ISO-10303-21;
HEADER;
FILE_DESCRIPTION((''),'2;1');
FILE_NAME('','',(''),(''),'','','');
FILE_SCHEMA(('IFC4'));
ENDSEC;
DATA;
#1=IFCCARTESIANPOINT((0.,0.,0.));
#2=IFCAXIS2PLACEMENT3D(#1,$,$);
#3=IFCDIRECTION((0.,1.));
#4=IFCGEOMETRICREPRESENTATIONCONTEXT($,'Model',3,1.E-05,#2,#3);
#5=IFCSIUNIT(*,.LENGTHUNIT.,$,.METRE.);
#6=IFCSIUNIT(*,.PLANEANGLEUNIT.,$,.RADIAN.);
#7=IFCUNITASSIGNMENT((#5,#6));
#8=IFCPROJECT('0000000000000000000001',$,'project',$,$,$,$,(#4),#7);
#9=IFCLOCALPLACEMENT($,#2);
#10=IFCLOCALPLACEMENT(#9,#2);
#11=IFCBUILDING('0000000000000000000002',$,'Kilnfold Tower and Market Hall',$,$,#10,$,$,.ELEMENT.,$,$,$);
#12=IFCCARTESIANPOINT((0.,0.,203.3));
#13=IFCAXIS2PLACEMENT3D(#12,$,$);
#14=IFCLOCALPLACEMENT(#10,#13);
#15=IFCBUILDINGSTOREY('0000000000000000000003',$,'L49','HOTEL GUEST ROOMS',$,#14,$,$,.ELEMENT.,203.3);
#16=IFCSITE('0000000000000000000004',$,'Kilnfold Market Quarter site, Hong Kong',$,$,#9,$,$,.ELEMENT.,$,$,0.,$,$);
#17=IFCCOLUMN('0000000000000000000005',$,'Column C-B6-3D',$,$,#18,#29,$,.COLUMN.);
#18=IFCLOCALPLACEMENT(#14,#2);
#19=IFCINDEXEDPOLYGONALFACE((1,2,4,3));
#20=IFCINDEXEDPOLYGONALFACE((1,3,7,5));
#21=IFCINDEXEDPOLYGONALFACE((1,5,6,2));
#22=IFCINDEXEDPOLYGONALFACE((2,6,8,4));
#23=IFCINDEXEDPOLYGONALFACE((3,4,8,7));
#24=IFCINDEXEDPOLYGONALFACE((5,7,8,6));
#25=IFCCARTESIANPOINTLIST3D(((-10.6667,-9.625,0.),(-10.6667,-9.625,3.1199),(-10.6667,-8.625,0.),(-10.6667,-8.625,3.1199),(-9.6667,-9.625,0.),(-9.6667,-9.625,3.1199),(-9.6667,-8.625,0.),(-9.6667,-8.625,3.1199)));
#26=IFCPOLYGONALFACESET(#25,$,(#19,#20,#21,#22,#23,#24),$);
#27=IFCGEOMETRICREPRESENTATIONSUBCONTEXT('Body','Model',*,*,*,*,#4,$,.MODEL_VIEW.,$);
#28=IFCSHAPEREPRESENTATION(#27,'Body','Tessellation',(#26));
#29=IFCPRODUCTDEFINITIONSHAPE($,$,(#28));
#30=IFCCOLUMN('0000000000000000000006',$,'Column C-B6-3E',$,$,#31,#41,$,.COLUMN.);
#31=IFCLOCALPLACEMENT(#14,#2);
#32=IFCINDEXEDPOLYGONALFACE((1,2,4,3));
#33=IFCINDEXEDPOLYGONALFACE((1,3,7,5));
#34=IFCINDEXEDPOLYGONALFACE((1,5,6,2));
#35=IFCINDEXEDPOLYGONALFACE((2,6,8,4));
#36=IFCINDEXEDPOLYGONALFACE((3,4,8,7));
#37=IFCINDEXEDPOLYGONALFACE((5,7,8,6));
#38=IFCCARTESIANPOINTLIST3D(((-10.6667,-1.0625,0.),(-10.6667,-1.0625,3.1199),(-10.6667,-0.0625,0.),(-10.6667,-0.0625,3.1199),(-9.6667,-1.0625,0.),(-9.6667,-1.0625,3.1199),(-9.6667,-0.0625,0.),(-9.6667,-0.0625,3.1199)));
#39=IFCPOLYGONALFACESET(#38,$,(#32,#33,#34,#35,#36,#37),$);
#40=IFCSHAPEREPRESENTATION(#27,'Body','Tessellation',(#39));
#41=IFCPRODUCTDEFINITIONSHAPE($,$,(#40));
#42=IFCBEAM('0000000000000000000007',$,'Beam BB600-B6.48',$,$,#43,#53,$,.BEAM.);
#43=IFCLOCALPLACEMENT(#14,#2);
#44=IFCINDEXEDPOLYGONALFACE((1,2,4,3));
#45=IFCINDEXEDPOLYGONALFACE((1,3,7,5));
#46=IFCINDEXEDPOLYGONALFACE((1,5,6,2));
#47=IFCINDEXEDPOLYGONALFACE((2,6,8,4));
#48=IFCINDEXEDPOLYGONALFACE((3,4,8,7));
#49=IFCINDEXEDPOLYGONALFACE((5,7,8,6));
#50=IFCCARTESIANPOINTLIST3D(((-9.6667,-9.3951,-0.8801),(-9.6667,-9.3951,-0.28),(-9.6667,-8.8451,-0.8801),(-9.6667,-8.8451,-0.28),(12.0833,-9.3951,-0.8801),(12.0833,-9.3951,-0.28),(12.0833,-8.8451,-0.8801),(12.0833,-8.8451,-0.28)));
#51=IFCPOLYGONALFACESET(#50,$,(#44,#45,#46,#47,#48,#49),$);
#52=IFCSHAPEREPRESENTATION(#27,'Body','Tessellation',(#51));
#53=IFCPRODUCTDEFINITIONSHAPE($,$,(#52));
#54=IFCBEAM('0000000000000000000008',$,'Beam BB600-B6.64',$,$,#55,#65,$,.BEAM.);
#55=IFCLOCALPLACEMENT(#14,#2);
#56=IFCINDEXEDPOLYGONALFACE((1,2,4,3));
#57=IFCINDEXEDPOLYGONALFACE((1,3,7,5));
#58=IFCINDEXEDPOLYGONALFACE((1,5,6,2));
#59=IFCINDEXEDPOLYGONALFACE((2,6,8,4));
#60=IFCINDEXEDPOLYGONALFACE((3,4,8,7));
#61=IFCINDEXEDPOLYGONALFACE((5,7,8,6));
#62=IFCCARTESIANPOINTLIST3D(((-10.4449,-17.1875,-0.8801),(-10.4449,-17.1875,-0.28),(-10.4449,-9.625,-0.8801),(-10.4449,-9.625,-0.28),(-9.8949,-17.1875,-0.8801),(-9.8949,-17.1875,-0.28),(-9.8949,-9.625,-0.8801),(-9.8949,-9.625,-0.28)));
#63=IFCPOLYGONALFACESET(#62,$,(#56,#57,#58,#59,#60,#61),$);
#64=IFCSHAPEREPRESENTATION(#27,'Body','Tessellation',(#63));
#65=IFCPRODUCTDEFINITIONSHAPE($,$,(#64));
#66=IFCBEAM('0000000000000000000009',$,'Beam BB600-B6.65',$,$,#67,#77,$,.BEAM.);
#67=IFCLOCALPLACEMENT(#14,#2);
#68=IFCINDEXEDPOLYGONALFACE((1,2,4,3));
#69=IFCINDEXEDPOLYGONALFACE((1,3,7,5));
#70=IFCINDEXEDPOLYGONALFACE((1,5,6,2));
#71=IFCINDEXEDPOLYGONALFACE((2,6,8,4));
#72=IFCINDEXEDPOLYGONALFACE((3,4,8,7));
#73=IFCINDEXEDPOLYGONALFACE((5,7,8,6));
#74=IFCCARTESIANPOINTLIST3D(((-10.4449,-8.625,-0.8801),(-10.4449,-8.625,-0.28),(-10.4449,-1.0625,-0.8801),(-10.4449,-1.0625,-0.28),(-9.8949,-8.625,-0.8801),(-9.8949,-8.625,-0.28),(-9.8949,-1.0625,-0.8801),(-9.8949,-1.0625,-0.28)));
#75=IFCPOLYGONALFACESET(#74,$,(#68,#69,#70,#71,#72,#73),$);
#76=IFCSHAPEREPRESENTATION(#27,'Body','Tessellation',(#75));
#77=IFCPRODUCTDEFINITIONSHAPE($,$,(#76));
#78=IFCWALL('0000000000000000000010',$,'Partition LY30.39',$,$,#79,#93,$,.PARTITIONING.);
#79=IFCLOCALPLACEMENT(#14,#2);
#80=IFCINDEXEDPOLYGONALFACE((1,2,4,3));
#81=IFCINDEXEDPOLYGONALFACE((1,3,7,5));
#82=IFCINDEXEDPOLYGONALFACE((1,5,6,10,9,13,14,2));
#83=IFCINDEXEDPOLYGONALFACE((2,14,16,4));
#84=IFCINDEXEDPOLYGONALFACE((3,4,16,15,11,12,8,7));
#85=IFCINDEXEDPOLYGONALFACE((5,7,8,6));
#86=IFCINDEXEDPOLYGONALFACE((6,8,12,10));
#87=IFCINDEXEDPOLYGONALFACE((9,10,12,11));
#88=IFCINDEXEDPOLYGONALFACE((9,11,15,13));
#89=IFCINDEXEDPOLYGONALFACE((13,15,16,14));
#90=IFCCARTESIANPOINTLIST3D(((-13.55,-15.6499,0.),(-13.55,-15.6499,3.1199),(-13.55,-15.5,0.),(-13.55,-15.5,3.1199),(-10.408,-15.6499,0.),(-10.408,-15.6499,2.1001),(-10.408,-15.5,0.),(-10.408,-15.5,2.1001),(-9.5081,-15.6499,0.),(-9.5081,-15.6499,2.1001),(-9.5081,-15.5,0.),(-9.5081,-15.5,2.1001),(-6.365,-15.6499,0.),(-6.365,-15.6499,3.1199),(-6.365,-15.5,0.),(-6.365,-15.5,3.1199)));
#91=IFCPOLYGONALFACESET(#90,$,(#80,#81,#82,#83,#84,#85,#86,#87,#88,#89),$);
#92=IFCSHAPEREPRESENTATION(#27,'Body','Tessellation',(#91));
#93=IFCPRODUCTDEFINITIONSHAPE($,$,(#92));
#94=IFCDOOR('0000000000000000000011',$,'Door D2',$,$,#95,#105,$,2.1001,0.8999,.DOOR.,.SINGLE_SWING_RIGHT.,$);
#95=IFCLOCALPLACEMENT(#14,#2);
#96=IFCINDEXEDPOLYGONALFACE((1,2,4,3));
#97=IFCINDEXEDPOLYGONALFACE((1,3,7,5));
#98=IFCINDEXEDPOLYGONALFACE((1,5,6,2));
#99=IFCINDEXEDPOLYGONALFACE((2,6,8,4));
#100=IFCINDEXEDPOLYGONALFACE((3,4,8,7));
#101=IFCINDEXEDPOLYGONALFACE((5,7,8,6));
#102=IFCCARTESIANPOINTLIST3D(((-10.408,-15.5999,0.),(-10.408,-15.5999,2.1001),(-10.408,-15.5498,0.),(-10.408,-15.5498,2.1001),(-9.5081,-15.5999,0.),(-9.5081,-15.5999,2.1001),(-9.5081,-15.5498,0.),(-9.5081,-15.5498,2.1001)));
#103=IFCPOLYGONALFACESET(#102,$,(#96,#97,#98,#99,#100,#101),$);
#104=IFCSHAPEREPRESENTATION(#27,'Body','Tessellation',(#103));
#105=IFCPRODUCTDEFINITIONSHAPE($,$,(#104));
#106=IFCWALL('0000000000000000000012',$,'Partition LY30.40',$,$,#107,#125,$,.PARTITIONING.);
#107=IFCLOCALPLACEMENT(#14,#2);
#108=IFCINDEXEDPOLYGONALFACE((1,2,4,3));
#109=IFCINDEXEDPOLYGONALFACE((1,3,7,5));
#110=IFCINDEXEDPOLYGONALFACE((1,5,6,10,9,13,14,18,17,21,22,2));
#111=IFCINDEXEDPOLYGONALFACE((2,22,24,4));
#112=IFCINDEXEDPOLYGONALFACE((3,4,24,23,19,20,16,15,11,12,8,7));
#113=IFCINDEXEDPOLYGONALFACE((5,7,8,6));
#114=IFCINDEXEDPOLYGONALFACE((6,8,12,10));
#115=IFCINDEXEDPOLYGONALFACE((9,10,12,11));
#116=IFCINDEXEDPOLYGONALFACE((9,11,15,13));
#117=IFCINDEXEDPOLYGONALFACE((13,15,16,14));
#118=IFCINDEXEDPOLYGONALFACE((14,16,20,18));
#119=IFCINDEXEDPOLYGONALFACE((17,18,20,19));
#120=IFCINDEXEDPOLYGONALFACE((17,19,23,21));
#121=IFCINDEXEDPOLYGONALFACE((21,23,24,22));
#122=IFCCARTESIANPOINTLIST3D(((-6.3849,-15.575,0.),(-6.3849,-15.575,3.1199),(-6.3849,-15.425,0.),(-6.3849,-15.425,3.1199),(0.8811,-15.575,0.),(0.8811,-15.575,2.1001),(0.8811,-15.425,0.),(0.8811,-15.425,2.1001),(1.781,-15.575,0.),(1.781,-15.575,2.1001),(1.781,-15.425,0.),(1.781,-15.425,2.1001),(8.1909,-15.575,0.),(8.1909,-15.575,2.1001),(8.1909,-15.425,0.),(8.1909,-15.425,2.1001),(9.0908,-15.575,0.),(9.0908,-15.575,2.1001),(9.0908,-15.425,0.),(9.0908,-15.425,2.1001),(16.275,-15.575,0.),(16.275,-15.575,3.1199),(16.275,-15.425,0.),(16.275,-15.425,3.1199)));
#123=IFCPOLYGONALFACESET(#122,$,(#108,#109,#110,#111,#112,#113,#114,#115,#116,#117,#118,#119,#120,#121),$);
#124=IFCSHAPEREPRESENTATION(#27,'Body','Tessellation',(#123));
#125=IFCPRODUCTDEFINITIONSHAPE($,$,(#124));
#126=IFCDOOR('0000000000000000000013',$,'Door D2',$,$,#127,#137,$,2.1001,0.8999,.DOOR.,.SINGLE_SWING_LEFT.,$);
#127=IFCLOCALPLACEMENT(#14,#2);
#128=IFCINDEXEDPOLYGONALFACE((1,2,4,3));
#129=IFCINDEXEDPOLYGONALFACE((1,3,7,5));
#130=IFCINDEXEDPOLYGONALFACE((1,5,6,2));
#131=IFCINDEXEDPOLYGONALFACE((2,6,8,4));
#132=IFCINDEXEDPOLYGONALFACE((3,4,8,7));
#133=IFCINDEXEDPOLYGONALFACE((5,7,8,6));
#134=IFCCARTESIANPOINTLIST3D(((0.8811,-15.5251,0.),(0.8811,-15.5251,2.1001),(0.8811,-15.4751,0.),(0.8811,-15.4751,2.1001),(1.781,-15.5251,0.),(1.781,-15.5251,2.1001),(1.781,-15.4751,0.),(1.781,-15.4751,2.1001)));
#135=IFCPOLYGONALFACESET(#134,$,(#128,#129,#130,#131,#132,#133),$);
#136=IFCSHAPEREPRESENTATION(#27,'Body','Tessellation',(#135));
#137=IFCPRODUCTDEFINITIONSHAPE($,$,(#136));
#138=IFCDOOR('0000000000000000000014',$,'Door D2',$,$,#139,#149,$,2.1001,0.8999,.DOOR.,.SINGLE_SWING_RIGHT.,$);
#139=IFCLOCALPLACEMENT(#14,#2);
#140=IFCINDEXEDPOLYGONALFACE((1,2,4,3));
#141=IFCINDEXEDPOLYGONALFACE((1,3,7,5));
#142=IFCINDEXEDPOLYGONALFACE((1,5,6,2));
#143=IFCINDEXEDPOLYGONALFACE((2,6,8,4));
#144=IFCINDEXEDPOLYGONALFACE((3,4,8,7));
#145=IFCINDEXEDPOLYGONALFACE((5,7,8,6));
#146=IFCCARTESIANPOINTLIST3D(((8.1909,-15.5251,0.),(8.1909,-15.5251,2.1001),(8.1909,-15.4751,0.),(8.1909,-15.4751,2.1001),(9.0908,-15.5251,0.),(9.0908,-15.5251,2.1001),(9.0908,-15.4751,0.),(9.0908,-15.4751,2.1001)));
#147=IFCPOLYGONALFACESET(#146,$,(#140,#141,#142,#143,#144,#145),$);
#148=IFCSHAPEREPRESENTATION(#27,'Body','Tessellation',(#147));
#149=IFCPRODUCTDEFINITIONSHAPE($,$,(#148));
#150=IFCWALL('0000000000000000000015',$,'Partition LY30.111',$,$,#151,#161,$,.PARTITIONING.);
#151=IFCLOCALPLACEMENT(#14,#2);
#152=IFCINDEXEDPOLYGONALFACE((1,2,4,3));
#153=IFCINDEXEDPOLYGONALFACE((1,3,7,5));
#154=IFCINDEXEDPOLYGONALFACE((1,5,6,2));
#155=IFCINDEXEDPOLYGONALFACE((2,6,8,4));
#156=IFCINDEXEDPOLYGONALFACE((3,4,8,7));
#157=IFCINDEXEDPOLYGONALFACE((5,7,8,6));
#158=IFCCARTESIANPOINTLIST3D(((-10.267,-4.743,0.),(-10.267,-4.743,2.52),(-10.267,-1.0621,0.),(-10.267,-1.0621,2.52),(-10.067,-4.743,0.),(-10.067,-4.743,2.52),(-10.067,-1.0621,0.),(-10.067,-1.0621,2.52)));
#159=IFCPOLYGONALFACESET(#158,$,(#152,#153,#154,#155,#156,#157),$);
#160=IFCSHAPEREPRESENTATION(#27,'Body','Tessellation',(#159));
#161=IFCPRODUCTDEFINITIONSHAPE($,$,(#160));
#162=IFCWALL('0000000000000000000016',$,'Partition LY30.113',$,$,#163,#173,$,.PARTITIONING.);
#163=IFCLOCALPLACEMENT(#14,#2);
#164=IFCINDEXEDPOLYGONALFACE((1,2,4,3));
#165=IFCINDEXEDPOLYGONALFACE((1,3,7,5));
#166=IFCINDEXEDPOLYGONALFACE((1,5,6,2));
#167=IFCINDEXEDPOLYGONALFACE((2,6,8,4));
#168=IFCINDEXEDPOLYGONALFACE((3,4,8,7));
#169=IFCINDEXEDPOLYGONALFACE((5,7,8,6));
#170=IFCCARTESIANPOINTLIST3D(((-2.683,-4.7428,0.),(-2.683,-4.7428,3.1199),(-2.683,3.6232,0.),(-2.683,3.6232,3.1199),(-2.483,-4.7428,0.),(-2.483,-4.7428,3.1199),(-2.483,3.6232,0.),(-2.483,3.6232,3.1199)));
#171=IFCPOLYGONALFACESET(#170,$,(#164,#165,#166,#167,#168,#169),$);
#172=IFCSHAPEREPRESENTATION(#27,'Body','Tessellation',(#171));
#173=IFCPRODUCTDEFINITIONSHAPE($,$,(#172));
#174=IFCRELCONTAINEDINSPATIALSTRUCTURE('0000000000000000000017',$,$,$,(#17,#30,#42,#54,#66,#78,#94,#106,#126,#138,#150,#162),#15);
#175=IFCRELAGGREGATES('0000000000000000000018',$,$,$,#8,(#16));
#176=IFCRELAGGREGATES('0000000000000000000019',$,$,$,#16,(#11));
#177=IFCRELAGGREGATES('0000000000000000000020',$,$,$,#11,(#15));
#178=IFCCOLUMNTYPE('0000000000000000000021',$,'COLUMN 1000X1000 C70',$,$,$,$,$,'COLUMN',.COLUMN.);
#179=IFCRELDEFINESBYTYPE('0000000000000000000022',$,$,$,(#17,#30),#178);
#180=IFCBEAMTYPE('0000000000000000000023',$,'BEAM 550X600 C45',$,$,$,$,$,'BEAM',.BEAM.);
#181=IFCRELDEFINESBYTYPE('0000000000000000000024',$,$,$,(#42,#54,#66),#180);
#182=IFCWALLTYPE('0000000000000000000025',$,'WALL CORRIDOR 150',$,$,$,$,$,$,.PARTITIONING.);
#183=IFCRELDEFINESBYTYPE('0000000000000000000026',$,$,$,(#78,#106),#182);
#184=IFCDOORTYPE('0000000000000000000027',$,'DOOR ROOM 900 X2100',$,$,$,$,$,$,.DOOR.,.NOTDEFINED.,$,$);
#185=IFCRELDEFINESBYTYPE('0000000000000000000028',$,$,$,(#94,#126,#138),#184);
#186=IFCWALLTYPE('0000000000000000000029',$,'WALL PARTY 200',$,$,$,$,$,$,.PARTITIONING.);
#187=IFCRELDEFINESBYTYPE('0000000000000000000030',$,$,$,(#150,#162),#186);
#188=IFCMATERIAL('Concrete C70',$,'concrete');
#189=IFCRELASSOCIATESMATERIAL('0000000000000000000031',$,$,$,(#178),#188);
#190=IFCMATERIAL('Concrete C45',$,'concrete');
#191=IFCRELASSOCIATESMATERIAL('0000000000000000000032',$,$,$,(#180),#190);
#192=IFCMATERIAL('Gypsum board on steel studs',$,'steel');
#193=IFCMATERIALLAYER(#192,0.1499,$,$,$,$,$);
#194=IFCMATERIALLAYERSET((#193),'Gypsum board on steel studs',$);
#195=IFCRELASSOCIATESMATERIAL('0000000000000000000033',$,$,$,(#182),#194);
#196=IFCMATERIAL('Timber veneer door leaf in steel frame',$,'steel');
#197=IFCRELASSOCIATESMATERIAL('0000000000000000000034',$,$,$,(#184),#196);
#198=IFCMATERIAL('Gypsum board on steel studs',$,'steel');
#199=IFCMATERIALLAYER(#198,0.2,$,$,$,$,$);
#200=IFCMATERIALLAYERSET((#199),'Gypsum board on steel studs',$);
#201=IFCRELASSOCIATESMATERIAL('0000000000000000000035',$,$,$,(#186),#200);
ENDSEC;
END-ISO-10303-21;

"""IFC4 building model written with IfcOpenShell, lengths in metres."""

from ifc_helpers import new_model, si_unit, direction, frame, frame_2d, origin, origin_2d, place, context, subcontext, project, spatial, rectangle, extrude, source, transform, mapped, material, layer, layer_set, material_profile, profile_set, type_object, element, fill, save


model = new_model("IFC4")

# Units and contexts
model_context = context("Model", 3, precision=1e-05, world=origin(), true_north=direction((0.0, 1.0)))
body_context = subcontext(model_context, "Body", "Model", "MODEL_VIEW")
ifc_project = project(units=[si_unit("LENGTHUNIT", "METRE"), si_unit("PLANEANGLEUNIT", "RADIAN")], contexts=[model_context])

# Site, building, storey
site_placement = place(None, origin())
site = spatial("IfcSite", under=ifc_project, at=site_placement, Name="Kilnfold Market Quarter site, Hong Kong", CompositionType="ELEMENT", RefElevation=0.0)
building_placement = place(site_placement, origin())
building = spatial("IfcBuilding", under=site, at=building_placement, Name="Kilnfold Tower and Market Hall", CompositionType="ELEMENT")
storey_placement = place(building_placement, frame((0.0, 0.0, 203.3)))
storey = spatial("IfcBuildingStorey", under=building, at=storey_placement, Name="L49", Description="HOTEL GUEST ROOMS", CompositionType="ELEMENT", Elevation=203.3)

# Columns
ifc_material_1 = material(Name="Concrete C70", Category="concrete")
ifc_material_profile_1 = material_profile(ifc_material_1, rectangle(XDim=1.0, YDim=1.0, at=origin_2d()), Name="RC 1000x1000")
ifc_profile_set_1 = profile_set([ifc_material_profile_1], Name="Concrete C70")
column_type = type_object("IfcColumnType", Name="COLUMN 1000X1000 C70", ElementType="COLUMN", PredefinedType="COLUMN", material=ifc_profile_set_1)
shared_shape_1 = source(origin(), body_context, "Body", "SweptSolid", [
    extrude(rectangle(XDim=1.0, YDim=1.0, at=origin_2d()), origin(), (0.0, 0.0, 1.0), 3.1199),
])
for number, where, z_axis, x_axis, name in (
    (1, (-10.1667, -9.125, 0.0), (0.0, 0.0, 1.0), (1.0, 0.0, 0.0), "Column C-B6-3D"),
    (2, (-10.1667, -0.5625, 0.0), (0.0, 0.0, 1.0), (1.0, 0.0, 0.0), "Column C-B6-3E"),
):
    element("IfcColumn", number, at=place(storey_placement, frame(where, z_axis=z_axis, x_axis=x_axis)), inside=storey, type_object=column_type, Name=name, PredefinedType="COLUMN", context=body_context, shape_type="MappedRepresentation", body=[
        mapped(shared_shape_1, transform((0.0, 0.0, 0.0))),
    ])

# Beams
ifc_material_2 = material(Name="Concrete C45", Category="concrete")
ifc_material_profile_2 = material_profile(ifc_material_2, rectangle(XDim=0.55, YDim=0.6001, at=origin_2d()), Name="RC 550x600")
ifc_profile_set_2 = profile_set([ifc_material_profile_2], Name="Concrete C45")
beam_type = type_object("IfcBeamType", Name="BEAM 550X600 C45", ElementType="BEAM", PredefinedType="BEAM", material=ifc_profile_set_2)
shared_shape_2 = source(origin(), body_context, "Body", "SweptSolid", [
    extrude(rectangle(XDim=0.55, YDim=0.6001, at=origin_2d()), origin(), (0.0, 0.0, 1.0), 21.75),
])
beam_placement = place(storey_placement, frame((-9.6667, -9.1201, -0.5801), z_axis=(1.0, 0.0, 0.0), x_axis=(0.0, 1.0, 0.0)))
element("IfcBeam", 3, at=beam_placement, inside=storey, type_object=beam_type, Name="Beam BB600-B6.48", PredefinedType="BEAM", context=body_context, shape_type="MappedRepresentation", body=[
    mapped(shared_shape_2, transform((0.0, 0.0, 0.0))),
])
shared_shape_3 = source(origin(), body_context, "Body", "SweptSolid", [
    extrude(rectangle(XDim=0.55, YDim=0.6001, at=origin_2d()), origin(), (0.0, 0.0, 1.0), 7.5625),
])
for number, where, z_axis, x_axis, name in (
    (4, (-10.1699, -17.1875, -0.5801), (0.0, 1.0, 0.0), (-1.0, 0.0, 0.0), "Beam BB600-B6.64"),
    (5, (-10.1699, -8.625, -0.5801), (0.0, 1.0, 0.0), (-1.0, 0.0, 0.0), "Beam BB600-B6.65"),
):
    element("IfcBeam", number, at=place(storey_placement, frame(where, z_axis=z_axis, x_axis=x_axis)), inside=storey, type_object=beam_type, Name=name, PredefinedType="BEAM", context=body_context, shape_type="MappedRepresentation", body=[
        mapped(shared_shape_3, transform((0.0, 0.0, 0.0))),
    ])

# Wall, opening, door
ifc_material_3 = material(Name="Gypsum board on steel studs", Category="steel")
ifc_layer_1 = layer(ifc_material_3, 0.1499)
ifc_layer_set_1 = layer_set([ifc_layer_1], Name="Gypsum board on steel studs")
wall_type_1 = type_object("IfcWallType", Name="WALL CORRIDOR 150", PredefinedType="PARTITIONING", material=ifc_layer_set_1)
wall_1_placement = place(storey_placement, frame((-6.365, -15.575, 0.0), z_axis=(0.0, 0.0, 1.0), x_axis=(-1.0, 0.0, 0.0)))
wall_1 = element("IfcWall", 6, at=wall_1_placement, inside=storey, type_object=wall_type_1, Name="Partition LY30.39", PredefinedType="PARTITIONING", context=body_context, shape_type="SweptSolid", body=[
    extrude(rectangle(XDim=7.1851, YDim=0.1499, at=frame_2d((3.5925, 0.0))), origin(), (0.0, 0.0, 1.0), 3.1199),
])
opening_1_placement = place(wall_1_placement, frame((3.1431, 0.0, 0.0)))
opening_1 = element("IfcOpeningElement", 7, at=opening_1_placement, cuts=wall_1, PredefinedType="OPENING", context=body_context, shape_type="SweptSolid", body=[
    extrude(rectangle(XDim=0.8999, YDim=2.1001, at=frame_2d((0.45, 1.05))), frame((0.0, 0.085, 0.0), z_axis=(0.0, -1.0, 0.0), x_axis=(1.0, 0.0, 0.0)), (0.0, 0.0, 1.0), 0.1699),
])
ifc_material_4 = material(Name="Timber veneer door leaf in steel frame", Category="steel")
door_type = type_object("IfcDoorType", Name="DOOR ROOM 900 X2100", OperationType="NOTDEFINED", PredefinedType="DOOR", material=ifc_material_4)
door_1_placement = place(opening_1_placement, origin())
door_1 = element("IfcDoor", 8, at=door_1_placement, inside=storey, type_object=door_type, Name="Door D2", OperationType="SINGLE_SWING_RIGHT", OverallHeight=2.1001, OverallWidth=0.8999, PredefinedType="DOOR", context=body_context, shape_type="SweptSolid", body=[
    extrude(rectangle(XDim=0.8999, YDim=2.1001, at=frame_2d((0.45, 1.05))), frame((0.0, 0.0249, 0.0), z_axis=(0.0, -1.0, 0.0), x_axis=(1.0, 0.0, 0.0)), (0.0, 0.0, 1.0), 0.05),
])
fill(opening_1, door_1)

# Wall, openings, doors
wall_2_placement = place(storey_placement, frame((-6.385, -15.5, 0.0), z_axis=(0.0, 0.0, 1.0), x_axis=(1.0, 0.0, 0.0)))
wall_2 = element("IfcWall", 9, at=wall_2_placement, inside=storey, type_object=wall_type_1, Name="Partition LY30.40", PredefinedType="PARTITIONING", context=body_context, shape_type="SweptSolid", body=[
    extrude(rectangle(XDim=22.6599, YDim=0.1499, at=frame_2d((11.3301, 0.0))), origin(), (0.0, 0.0, 1.0), 3.1199),
])
opening_2_placement = place(wall_2_placement, frame((7.2661, 0.0, 0.0)))
opening_2 = element("IfcOpeningElement", 10, at=opening_2_placement, cuts=wall_2, PredefinedType="OPENING", context=body_context, shape_type="SweptSolid", body=[
    extrude(rectangle(XDim=0.8999, YDim=2.1001, at=frame_2d((0.45, 1.05))), frame((0.0, 0.085, 0.0), z_axis=(0.0, -1.0, 0.0), x_axis=(1.0, 0.0, 0.0)), (0.0, 0.0, 1.0), 0.1699),
])
opening_3_placement = place(wall_2_placement, frame((14.5759, 0.0, 0.0)))
opening_3 = element("IfcOpeningElement", 11, at=opening_3_placement, cuts=wall_2, PredefinedType="OPENING", context=body_context, shape_type="SweptSolid", body=[
    extrude(rectangle(XDim=0.8999, YDim=2.1001, at=frame_2d((0.45, 1.05))), frame((0.0, 0.085, 0.0), z_axis=(0.0, -1.0, 0.0), x_axis=(1.0, 0.0, 0.0)), (0.0, 0.0, 1.0), 0.1699),
])
door_2_placement = place(opening_2_placement, origin())
door_2 = element("IfcDoor", 12, at=door_2_placement, inside=storey, type_object=door_type, Name="Door D2", OperationType="SINGLE_SWING_LEFT", OverallHeight=2.1001, OverallWidth=0.8999, PredefinedType="DOOR", context=body_context, shape_type="SweptSolid", body=[
    extrude(rectangle(XDim=0.8999, YDim=2.1001, at=frame_2d((0.45, 1.05))), frame((0.0, 0.0249, 0.0), z_axis=(0.0, -1.0, 0.0), x_axis=(1.0, 0.0, 0.0)), (0.0, 0.0, 1.0), 0.05),
])
fill(opening_2, door_2)
door_3_placement = place(opening_3_placement, origin())
door_3 = element("IfcDoor", 13, at=door_3_placement, inside=storey, type_object=door_type, Name="Door D2", OperationType="SINGLE_SWING_RIGHT", OverallHeight=2.1001, OverallWidth=0.8999, PredefinedType="DOOR", context=body_context, shape_type="SweptSolid", body=[
    extrude(rectangle(XDim=0.8999, YDim=2.1001, at=frame_2d((0.45, 1.05))), frame((0.0, 0.0249, 0.0), z_axis=(0.0, -1.0, 0.0), x_axis=(1.0, 0.0, 0.0)), (0.0, 0.0, 1.0), 0.05),
])
fill(opening_3, door_3)

# Walls
ifc_material_5 = material(Name="Gypsum board on steel studs", Category="steel")
ifc_layer_2 = layer(ifc_material_5, 0.2)
ifc_layer_set_2 = layer_set([ifc_layer_2], Name="Gypsum board on steel studs")
wall_type_2 = type_object("IfcWallType", Name="WALL PARTY 200", PredefinedType="PARTITIONING", material=ifc_layer_set_2)
wall_3_placement = place(storey_placement, frame((-10.167, -4.7429, 0.0), z_axis=(0.0, 0.0, 1.0), x_axis=(0.0, 1.0, 0.0)))
element("IfcWall", 14, at=wall_3_placement, inside=storey, type_object=wall_type_2, Name="Partition LY30.111", PredefinedType="PARTITIONING", context=body_context, shape_type="SweptSolid", body=[
    extrude(rectangle(XDim=3.6809, YDim=0.2, at=frame_2d((1.8403, 0.0))), origin(), (0.0, 0.0, 1.0), 2.52),
])
wall_4_placement = place(storey_placement, frame((-2.583, -4.7429, 0.0), z_axis=(0.0, 0.0, 1.0), x_axis=(0.0, 1.0, 0.0)))
element("IfcWall", 15, at=wall_4_placement, inside=storey, type_object=wall_type_2, Name="Partition LY30.113", PredefinedType="PARTITIONING", context=body_context, shape_type="SweptSolid", body=[
    extrude(rectangle(XDim=8.366, YDim=0.2, at=frame_2d((4.1831, 0.0))), origin(), (0.0, 0.0, 1.0), 3.1199),
])

save(model, "model.ifc")
